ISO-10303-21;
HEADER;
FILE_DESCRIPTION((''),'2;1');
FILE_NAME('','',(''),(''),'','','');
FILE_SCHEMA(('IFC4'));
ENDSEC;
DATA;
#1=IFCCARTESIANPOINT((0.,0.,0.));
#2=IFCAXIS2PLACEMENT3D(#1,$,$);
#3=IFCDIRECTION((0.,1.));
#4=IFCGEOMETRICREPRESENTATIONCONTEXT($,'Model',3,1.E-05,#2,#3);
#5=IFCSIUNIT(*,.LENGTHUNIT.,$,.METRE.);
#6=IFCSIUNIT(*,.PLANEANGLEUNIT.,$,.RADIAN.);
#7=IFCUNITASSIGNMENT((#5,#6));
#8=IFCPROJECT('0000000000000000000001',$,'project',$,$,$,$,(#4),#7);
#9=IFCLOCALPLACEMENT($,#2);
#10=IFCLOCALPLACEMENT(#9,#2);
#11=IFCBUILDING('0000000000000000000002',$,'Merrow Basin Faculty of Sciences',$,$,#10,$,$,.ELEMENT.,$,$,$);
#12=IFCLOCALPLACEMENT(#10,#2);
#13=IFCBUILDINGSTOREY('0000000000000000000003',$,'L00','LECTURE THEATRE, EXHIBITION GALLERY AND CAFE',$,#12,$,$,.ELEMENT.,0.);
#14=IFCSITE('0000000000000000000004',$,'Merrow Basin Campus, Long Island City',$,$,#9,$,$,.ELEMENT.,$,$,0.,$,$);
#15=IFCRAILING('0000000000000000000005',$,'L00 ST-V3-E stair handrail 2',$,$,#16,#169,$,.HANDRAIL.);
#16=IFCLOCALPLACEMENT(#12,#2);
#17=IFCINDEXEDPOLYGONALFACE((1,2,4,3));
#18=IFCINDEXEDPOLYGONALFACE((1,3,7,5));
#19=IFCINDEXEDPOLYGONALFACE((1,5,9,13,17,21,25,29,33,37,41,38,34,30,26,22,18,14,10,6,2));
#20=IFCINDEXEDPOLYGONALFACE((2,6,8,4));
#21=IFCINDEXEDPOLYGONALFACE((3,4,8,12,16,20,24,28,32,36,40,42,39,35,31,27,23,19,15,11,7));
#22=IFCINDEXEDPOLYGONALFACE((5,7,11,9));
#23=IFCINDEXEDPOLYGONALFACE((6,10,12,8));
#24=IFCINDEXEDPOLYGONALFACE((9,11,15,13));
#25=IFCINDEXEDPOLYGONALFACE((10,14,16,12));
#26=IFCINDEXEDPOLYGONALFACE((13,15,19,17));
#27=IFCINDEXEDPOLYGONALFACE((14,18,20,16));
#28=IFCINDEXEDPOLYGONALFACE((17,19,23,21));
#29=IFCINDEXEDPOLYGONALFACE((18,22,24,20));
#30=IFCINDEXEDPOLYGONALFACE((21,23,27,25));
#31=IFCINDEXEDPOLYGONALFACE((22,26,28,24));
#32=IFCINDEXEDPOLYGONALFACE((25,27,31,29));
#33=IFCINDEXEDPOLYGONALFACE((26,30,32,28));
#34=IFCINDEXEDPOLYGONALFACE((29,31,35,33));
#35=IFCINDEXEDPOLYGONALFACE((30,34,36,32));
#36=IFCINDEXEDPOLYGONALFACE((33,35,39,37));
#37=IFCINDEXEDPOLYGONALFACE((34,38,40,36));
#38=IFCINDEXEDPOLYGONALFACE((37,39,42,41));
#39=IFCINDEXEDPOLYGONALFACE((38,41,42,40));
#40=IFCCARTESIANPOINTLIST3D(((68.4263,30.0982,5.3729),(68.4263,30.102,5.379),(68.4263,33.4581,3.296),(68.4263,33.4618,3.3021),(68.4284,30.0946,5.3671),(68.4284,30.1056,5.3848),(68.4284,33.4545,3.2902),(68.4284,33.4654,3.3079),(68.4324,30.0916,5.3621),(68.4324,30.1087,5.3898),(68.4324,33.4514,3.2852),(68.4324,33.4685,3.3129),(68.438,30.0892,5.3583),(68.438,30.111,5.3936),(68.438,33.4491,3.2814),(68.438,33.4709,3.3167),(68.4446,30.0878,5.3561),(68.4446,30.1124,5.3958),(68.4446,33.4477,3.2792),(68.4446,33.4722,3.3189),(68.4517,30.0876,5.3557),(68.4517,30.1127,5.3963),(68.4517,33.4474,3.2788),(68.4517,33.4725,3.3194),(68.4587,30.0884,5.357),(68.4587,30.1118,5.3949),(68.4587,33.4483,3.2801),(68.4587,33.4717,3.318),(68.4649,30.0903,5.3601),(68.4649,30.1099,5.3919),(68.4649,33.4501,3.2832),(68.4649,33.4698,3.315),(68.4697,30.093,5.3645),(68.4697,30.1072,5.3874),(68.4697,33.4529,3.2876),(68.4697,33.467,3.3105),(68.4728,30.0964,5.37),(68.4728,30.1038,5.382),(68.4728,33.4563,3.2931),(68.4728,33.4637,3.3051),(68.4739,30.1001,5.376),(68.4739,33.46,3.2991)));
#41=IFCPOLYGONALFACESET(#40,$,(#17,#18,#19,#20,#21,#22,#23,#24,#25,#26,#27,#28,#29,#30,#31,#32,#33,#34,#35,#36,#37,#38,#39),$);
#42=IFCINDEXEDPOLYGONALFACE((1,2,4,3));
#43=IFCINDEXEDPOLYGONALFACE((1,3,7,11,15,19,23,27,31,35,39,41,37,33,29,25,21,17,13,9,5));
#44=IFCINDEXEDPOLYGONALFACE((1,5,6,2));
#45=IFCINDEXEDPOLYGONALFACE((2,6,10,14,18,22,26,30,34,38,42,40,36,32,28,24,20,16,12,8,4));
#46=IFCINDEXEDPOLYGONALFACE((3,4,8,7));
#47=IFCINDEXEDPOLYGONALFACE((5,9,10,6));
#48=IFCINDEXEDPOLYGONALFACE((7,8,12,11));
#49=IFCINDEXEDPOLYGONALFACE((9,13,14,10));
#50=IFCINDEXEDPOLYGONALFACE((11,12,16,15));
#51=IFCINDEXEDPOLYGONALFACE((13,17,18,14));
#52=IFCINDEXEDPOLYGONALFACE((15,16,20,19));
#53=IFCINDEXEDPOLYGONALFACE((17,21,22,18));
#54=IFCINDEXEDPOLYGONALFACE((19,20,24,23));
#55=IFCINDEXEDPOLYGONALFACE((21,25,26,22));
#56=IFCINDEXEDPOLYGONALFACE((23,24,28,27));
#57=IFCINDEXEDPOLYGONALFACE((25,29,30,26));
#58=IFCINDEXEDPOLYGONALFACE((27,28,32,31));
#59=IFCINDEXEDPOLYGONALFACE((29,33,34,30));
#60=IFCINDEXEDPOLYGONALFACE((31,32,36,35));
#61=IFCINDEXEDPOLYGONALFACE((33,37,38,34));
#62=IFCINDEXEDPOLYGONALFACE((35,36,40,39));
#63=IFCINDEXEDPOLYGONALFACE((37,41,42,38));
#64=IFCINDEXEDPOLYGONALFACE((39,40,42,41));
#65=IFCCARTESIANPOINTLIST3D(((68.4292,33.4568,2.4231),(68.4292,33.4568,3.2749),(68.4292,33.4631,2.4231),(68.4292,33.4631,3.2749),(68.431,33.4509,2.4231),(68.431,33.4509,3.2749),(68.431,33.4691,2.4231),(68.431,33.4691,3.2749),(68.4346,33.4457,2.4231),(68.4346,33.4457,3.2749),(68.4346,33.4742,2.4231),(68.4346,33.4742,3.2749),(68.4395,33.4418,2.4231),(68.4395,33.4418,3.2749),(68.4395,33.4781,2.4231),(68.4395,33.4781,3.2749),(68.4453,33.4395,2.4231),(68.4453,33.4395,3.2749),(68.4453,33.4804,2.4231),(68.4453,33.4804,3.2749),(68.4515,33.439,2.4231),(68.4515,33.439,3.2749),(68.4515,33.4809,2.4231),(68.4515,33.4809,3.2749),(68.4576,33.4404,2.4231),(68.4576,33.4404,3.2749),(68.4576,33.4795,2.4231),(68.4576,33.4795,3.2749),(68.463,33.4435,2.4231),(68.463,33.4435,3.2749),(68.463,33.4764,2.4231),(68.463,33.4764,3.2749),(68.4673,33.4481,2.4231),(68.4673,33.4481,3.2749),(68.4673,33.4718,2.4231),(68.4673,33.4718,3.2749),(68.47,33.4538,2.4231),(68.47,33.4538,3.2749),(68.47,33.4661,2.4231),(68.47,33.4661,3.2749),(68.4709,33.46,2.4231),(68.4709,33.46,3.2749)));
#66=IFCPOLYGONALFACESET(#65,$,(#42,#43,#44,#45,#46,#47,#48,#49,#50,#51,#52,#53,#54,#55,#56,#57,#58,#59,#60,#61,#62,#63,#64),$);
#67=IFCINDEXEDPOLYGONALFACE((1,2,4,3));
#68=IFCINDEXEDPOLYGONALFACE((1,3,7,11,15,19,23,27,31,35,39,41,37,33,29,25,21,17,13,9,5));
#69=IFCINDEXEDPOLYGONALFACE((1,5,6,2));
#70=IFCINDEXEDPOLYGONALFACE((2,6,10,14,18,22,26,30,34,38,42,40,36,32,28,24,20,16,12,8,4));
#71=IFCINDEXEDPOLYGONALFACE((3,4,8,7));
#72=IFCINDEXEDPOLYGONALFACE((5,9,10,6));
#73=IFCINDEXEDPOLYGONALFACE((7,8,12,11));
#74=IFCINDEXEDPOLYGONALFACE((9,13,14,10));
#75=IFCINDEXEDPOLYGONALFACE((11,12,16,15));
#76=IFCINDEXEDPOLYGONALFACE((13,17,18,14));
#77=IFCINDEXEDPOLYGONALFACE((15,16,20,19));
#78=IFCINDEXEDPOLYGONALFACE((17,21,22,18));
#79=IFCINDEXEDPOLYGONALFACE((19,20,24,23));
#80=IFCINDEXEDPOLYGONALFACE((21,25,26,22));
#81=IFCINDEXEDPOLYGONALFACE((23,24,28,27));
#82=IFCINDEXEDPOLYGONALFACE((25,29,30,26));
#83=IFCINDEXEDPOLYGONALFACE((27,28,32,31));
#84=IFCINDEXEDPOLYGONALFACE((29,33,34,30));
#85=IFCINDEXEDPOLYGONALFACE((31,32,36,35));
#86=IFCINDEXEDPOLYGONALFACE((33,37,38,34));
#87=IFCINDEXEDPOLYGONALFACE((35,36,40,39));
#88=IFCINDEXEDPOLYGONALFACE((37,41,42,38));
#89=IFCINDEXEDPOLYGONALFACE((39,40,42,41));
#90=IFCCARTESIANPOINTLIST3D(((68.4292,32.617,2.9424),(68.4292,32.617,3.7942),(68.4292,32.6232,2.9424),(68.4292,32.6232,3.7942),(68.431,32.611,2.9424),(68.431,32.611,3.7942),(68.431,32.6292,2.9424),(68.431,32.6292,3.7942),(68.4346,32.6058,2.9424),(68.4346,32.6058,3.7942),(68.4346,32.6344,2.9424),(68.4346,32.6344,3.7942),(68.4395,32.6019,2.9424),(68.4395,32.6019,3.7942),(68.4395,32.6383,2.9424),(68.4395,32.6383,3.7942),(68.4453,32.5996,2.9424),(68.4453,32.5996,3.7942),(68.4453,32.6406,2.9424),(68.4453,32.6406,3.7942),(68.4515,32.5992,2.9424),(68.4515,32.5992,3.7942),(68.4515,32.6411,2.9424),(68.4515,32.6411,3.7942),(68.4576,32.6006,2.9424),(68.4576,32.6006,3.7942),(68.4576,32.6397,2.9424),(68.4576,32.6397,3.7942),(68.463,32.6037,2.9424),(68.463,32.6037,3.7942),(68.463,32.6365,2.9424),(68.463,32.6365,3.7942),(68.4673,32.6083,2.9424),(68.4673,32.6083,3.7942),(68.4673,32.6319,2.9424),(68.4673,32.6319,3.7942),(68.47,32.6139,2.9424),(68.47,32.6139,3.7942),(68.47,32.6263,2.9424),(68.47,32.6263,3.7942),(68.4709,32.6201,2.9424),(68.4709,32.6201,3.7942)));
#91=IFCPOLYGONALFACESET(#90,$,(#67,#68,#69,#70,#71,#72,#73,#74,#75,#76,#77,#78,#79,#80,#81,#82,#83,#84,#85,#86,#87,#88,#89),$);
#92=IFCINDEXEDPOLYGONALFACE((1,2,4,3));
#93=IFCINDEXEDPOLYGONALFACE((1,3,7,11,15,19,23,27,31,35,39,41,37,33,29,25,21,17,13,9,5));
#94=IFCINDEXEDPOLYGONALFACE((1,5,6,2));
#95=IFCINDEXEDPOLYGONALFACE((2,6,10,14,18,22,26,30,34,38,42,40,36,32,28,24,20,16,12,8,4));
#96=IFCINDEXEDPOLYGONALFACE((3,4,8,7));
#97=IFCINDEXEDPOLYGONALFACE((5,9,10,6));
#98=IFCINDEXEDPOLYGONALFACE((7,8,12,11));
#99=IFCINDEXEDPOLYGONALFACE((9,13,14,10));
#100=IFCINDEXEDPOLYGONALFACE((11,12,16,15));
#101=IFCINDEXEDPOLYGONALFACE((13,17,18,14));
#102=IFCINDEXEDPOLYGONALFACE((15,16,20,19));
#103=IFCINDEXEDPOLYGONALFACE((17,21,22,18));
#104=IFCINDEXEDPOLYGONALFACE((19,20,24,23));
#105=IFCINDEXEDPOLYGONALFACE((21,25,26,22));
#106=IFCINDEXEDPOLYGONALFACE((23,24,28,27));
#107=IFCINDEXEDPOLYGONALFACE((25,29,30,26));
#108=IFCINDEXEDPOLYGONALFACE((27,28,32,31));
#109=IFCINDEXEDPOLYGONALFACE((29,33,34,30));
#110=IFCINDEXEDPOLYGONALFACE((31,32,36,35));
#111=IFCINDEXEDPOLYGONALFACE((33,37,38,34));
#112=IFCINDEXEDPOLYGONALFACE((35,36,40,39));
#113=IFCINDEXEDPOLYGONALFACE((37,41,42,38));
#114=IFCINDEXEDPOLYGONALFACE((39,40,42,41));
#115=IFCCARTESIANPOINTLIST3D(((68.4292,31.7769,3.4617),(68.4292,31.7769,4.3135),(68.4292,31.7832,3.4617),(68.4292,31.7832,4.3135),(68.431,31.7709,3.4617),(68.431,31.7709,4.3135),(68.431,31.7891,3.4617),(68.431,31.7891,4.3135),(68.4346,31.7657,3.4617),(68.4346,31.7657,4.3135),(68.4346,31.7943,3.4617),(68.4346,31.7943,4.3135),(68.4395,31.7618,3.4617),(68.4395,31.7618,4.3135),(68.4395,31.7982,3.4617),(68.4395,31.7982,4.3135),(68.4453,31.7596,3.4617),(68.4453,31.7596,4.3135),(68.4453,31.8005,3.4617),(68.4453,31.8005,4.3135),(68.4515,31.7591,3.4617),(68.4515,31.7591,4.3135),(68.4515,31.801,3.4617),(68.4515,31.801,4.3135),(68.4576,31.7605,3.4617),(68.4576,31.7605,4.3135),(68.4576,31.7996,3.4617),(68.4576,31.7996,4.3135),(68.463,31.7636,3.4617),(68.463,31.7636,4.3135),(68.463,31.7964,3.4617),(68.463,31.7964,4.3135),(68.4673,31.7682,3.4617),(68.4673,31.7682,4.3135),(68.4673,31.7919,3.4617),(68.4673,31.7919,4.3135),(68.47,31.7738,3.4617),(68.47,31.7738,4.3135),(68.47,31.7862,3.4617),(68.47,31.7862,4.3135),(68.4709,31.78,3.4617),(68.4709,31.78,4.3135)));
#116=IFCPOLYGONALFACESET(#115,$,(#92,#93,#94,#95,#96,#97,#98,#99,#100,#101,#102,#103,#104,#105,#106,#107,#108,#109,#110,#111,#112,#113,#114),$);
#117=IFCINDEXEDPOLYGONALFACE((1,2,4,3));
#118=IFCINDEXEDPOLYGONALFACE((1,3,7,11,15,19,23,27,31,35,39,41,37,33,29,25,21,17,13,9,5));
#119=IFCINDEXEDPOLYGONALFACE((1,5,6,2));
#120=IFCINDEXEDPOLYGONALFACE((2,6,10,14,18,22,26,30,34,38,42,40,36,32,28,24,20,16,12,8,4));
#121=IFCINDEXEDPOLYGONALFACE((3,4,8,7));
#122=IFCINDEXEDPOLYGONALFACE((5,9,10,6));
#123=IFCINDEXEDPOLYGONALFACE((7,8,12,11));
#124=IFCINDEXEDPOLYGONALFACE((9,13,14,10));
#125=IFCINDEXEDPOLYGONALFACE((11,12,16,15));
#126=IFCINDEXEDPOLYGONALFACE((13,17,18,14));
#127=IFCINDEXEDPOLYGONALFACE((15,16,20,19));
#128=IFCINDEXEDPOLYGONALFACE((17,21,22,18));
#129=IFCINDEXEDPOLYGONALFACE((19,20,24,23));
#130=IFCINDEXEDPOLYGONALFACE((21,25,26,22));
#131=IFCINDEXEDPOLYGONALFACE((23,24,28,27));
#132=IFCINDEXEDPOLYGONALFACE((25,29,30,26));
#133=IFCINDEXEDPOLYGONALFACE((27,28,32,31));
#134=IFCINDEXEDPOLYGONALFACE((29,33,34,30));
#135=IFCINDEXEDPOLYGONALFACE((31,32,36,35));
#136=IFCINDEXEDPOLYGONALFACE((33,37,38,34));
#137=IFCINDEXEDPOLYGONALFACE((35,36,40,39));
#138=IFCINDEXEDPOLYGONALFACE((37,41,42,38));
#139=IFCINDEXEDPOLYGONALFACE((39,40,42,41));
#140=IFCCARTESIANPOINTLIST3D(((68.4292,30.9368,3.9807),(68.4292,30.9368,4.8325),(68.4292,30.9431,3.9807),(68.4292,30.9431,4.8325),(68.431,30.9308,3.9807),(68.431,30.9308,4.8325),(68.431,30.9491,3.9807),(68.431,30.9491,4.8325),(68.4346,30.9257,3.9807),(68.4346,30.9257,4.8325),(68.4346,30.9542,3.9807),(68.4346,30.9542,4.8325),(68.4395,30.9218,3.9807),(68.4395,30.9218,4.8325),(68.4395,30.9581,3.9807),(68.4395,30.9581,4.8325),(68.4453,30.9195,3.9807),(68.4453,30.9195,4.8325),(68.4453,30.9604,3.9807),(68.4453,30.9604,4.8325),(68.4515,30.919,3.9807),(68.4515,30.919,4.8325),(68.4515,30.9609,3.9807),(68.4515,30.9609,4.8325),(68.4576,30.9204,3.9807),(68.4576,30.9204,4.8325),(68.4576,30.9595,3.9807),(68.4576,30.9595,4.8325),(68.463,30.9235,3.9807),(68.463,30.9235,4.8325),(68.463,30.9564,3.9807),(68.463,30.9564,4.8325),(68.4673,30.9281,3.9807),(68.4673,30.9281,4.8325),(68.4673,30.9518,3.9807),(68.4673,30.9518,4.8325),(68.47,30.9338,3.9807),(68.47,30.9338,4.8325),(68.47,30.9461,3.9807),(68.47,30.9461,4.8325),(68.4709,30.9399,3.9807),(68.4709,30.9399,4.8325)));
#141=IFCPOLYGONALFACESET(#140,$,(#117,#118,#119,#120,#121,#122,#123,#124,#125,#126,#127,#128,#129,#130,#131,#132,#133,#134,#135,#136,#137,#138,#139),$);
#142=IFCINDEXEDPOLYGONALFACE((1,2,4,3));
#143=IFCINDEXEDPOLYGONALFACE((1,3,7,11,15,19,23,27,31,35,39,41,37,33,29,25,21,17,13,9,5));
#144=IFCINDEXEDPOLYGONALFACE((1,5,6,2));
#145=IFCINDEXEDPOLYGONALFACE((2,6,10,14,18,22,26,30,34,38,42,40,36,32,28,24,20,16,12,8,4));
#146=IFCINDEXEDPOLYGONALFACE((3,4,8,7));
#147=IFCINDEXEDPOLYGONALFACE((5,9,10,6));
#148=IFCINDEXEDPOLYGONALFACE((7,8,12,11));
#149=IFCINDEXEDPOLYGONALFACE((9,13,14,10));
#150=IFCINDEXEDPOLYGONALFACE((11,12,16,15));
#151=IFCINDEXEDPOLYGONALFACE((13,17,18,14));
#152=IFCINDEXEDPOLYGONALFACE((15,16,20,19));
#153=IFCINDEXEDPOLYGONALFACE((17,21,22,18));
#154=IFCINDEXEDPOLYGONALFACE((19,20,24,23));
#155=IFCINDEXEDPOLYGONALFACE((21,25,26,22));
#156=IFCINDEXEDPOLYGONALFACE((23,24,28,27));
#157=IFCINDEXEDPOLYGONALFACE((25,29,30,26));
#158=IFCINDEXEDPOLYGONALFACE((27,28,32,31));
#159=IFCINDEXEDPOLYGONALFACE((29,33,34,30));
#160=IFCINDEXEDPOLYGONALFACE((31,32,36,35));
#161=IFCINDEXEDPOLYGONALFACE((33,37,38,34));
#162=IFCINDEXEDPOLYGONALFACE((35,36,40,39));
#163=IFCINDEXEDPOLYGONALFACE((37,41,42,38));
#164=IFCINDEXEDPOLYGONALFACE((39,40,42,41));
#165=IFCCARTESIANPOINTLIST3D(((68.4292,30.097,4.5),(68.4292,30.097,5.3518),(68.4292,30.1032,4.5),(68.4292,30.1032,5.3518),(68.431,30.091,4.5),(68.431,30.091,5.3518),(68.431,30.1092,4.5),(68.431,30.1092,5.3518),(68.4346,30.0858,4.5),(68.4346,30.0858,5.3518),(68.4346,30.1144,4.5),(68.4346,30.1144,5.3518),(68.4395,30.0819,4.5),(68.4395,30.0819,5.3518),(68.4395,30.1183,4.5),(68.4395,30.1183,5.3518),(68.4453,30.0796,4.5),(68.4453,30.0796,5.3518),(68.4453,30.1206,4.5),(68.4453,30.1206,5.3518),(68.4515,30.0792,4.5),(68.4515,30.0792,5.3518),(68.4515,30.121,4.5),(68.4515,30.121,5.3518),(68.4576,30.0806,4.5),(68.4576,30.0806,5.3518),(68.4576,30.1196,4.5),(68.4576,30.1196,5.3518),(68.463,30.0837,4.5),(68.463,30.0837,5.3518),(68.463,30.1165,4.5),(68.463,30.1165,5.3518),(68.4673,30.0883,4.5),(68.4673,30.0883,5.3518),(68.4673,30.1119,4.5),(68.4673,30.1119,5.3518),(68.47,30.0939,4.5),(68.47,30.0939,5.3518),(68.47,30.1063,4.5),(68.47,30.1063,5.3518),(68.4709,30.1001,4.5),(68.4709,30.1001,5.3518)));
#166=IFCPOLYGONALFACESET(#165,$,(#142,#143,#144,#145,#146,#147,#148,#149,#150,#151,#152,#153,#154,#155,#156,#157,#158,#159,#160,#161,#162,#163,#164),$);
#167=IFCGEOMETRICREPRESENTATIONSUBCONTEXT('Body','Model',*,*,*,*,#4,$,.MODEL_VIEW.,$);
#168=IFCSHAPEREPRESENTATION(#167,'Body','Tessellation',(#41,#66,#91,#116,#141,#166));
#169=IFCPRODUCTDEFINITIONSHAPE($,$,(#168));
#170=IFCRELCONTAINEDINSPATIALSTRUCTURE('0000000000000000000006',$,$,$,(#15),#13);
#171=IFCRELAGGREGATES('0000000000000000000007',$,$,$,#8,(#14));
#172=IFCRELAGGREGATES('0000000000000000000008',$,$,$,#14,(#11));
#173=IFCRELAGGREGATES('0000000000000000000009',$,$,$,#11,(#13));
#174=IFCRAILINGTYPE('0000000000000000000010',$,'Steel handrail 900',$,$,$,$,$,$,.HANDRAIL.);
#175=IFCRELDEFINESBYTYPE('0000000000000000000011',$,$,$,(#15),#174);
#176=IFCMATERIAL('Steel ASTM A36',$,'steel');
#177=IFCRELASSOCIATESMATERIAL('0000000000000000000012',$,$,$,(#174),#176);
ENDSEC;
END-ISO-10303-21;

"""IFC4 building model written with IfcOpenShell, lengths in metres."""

from ifc_helpers import new_model, si_unit, direction, frame, origin, origin_2d, place, context, subcontext, project, spatial, circle, extrude, material, type_object, element, save


model = new_model("IFC4")

# Units and contexts
model_context = context("Model", 3, precision=1e-05, world=origin(), true_north=direction((0.0, 1.0)))
body_context = subcontext(model_context, "Body", "Model", "MODEL_VIEW")
ifc_project = project(units=[si_unit("LENGTHUNIT", "METRE"), si_unit("PLANEANGLEUNIT", "RADIAN")], contexts=[model_context])

# Site, building, storey
site_placement = place(None, origin())
site = spatial("IfcSite", under=ifc_project, at=site_placement, Name="Merrow Basin Campus, Long Island City", CompositionType="ELEMENT", RefElevation=0.0)
building_placement = place(site_placement, origin())
building = spatial("IfcBuilding", under=site, at=building_placement, Name="Merrow Basin Faculty of Sciences", CompositionType="ELEMENT")
storey_placement = place(building_placement, origin())
storey = spatial("IfcBuildingStorey", under=building, at=storey_placement, Name="L00", Description="LECTURE THEATRE, EXHIBITION GALLERY AND CAFE", CompositionType="ELEMENT", Elevation=0.0)

# Railing
ifc_material_1 = material(Name="Steel ASTM A36", Category="steel")
railing_type = type_object("IfcRailingType", Name="Steel handrail 900", PredefinedType="HANDRAIL", material=ifc_material_1)
railing_placement = place(storey_placement, frame((68.45, 33.46, 2.4231)))
element("IfcRailing", 1, at=railing_placement, inside=storey, type_object=railing_type, Name="L00 ST-V3-E stair handrail 2", PredefinedType="HANDRAIL", context=body_context, shape_type="SweptSolid", body=[
    extrude(circle(Radius=0.0239, at=origin_2d()), frame((0.0, 0.0, 0.876), z_axis=(0.0, -0.850606, 0.525803), x_axis=(1.0, 0.0, 0.0)), (0.0, 0.0, 1.0), 3.95),
    extrude(circle(Radius=0.021, at=origin_2d()), origin(), (0.0, 0.0, 1.0), 0.8518),
    extrude(circle(Radius=0.021, at=origin_2d()), frame((0.0, -0.8398, 0.5193)), (0.0, 0.0, 1.0), 0.8518),
    extrude(circle(Radius=0.021, at=origin_2d()), frame((0.0, -1.6799, 1.0386)), (0.0, 0.0, 1.0), 0.8518),
    extrude(circle(Radius=0.021, at=origin_2d()), frame((0.0, -2.52, 1.5576)), (0.0, 0.0, 1.0), 0.8518),
    extrude(circle(Radius=0.021, at=origin_2d()), frame((0.0, -3.3599, 2.0769)), (0.0, 0.0, 1.0), 0.8518),
])

save(model, "model.ifc")
